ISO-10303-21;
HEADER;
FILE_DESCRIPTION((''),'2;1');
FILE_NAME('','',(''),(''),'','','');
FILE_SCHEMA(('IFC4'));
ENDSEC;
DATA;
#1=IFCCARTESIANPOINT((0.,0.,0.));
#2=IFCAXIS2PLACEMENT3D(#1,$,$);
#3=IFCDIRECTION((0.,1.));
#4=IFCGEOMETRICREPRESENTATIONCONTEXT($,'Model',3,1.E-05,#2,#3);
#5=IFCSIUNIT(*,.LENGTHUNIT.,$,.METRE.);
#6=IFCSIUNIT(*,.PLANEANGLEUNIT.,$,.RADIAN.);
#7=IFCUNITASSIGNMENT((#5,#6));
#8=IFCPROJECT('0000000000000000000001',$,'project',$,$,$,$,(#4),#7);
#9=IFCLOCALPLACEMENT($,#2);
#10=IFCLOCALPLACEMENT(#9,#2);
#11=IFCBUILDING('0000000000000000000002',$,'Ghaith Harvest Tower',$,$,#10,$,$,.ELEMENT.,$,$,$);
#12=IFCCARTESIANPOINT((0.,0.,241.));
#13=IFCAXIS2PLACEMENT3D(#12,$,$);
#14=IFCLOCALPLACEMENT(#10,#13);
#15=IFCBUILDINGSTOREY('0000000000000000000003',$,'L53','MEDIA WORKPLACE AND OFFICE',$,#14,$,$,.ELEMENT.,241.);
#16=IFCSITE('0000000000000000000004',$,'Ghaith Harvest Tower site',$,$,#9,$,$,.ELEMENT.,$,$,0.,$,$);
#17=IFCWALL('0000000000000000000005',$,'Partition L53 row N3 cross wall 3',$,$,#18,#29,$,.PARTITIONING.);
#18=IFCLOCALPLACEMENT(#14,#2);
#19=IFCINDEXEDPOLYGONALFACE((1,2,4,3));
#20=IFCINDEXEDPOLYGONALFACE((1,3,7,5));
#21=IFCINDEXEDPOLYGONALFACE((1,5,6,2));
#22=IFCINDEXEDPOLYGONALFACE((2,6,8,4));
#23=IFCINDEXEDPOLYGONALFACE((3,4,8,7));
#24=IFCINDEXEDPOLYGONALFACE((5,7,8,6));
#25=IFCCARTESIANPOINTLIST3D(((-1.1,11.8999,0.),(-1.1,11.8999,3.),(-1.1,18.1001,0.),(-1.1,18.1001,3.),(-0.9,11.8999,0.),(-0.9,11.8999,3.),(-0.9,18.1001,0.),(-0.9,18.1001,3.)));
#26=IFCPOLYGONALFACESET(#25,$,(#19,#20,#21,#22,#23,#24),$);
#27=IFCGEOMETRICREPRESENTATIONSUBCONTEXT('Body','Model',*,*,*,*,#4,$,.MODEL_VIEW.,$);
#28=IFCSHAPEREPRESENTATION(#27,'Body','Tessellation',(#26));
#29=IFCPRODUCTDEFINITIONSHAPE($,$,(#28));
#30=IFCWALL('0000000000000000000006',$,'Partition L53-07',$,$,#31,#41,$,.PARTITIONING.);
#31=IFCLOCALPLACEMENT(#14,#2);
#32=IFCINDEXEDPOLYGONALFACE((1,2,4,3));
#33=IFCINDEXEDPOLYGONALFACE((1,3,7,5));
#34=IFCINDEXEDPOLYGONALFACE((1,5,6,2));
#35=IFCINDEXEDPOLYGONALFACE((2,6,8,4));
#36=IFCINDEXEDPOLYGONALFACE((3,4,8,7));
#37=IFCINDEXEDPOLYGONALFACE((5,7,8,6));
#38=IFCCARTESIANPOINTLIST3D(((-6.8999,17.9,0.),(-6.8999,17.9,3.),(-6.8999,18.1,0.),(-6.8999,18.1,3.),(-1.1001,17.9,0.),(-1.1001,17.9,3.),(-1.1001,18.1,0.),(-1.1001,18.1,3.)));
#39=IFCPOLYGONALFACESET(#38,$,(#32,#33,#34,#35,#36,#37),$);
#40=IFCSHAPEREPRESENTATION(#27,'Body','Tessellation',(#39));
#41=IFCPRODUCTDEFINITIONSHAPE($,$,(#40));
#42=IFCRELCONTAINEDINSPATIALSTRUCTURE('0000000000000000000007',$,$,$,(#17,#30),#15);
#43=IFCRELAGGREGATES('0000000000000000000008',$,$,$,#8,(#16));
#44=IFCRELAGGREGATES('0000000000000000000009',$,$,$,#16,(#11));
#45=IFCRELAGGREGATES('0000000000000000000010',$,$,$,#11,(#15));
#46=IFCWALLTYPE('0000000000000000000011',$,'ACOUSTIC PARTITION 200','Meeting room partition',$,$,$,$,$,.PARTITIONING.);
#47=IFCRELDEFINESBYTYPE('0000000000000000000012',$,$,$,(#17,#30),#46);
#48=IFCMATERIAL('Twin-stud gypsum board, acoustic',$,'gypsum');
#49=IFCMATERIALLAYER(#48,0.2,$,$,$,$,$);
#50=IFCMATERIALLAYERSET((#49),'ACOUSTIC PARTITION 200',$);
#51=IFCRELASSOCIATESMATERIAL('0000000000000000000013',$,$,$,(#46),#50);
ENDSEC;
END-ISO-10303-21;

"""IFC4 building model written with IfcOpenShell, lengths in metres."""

from ifc_helpers import new_model, si_unit, direction, frame, frame_2d, origin, place, context, subcontext, project, spatial, rectangle, extrude, material, layer, layer_set, type_object, element, save


model = new_model("IFC4")

# Units and contexts
model_context = context("Model", 3, precision=1e-05, world=origin(), true_north=direction((0.0, 1.0)))
body_context = subcontext(model_context, "Body", "Model", "MODEL_VIEW")
ifc_project = project(units=[si_unit("LENGTHUNIT", "METRE"), si_unit("PLANEANGLEUNIT", "RADIAN")], contexts=[model_context])

# Site, building, storey
site_placement = place(None, origin())
site = spatial("IfcSite", under=ifc_project, at=site_placement, Name="Ghaith Harvest Tower site", CompositionType="ELEMENT", RefElevation=0.0)
building_placement = place(site_placement, origin())
building = spatial("IfcBuilding", under=site, at=building_placement, Name="Ghaith Harvest Tower", CompositionType="ELEMENT")
storey_placement = place(building_placement, frame((0.0, 0.0, 241.0)))
storey = spatial("IfcBuildingStorey", under=building, at=storey_placement, Name="L53", Description="MEDIA WORKPLACE AND OFFICE", CompositionType="ELEMENT", Elevation=241.0)

# Wall
ifc_material_1 = material(Name="Twin-stud gypsum board, acoustic", Category="gypsum")
ifc_layer_1 = layer(ifc_material_1, 0.2)
ifc_layer_set_1 = layer_set([ifc_layer_1], Name="ACOUSTIC PARTITION 200")
wall_type = type_object("IfcWallType", Name="ACOUSTIC PARTITION 200", Description="Meeting room partition", PredefinedType="PARTITIONING", material=ifc_layer_set_1)
for number, where, z_axis, x_axis, name in (
    (1, (-1.0, 11.8999, 0.0), (0.0, 0.0, 1.0), (0.0, 1.0, 0.0), "Partition L53 row N3 cross wall 3"),
):
    element("IfcWall", number, at=place(storey_placement, frame(where, z_axis=z_axis, x_axis=x_axis)), inside=storey, type_object=wall_type, Name=name, PredefinedType="PARTITIONING", context=body_context, shape_type="SweptSolid", body=[
        extrude(rectangle(XDim=6.2002, YDim=0.2, at=frame_2d((3.1001, 0.0))), origin(), (0.0, 0.0, 1.0), 3.0),
    ])

# Wall
wall_1_placement = place(storey_placement, frame((-6.8999, 18.0, 0.0), z_axis=(0.0, 0.0, 1.0), x_axis=(1.0, 0.0, 0.0)))
element("IfcWall", 2, at=wall_1_placement, inside=storey, type_object=wall_type, Name="Partition L53-07", PredefinedType="PARTITIONING", context=body_context, shape_type="SweptSolid", body=[
    extrude(rectangle(XDim=5.7998, YDim=0.2, at=frame_2d((2.8999, 0.0))), origin(), (0.0, 0.0, 1.0), 3.0),
])

save(model, "model.ifc")
